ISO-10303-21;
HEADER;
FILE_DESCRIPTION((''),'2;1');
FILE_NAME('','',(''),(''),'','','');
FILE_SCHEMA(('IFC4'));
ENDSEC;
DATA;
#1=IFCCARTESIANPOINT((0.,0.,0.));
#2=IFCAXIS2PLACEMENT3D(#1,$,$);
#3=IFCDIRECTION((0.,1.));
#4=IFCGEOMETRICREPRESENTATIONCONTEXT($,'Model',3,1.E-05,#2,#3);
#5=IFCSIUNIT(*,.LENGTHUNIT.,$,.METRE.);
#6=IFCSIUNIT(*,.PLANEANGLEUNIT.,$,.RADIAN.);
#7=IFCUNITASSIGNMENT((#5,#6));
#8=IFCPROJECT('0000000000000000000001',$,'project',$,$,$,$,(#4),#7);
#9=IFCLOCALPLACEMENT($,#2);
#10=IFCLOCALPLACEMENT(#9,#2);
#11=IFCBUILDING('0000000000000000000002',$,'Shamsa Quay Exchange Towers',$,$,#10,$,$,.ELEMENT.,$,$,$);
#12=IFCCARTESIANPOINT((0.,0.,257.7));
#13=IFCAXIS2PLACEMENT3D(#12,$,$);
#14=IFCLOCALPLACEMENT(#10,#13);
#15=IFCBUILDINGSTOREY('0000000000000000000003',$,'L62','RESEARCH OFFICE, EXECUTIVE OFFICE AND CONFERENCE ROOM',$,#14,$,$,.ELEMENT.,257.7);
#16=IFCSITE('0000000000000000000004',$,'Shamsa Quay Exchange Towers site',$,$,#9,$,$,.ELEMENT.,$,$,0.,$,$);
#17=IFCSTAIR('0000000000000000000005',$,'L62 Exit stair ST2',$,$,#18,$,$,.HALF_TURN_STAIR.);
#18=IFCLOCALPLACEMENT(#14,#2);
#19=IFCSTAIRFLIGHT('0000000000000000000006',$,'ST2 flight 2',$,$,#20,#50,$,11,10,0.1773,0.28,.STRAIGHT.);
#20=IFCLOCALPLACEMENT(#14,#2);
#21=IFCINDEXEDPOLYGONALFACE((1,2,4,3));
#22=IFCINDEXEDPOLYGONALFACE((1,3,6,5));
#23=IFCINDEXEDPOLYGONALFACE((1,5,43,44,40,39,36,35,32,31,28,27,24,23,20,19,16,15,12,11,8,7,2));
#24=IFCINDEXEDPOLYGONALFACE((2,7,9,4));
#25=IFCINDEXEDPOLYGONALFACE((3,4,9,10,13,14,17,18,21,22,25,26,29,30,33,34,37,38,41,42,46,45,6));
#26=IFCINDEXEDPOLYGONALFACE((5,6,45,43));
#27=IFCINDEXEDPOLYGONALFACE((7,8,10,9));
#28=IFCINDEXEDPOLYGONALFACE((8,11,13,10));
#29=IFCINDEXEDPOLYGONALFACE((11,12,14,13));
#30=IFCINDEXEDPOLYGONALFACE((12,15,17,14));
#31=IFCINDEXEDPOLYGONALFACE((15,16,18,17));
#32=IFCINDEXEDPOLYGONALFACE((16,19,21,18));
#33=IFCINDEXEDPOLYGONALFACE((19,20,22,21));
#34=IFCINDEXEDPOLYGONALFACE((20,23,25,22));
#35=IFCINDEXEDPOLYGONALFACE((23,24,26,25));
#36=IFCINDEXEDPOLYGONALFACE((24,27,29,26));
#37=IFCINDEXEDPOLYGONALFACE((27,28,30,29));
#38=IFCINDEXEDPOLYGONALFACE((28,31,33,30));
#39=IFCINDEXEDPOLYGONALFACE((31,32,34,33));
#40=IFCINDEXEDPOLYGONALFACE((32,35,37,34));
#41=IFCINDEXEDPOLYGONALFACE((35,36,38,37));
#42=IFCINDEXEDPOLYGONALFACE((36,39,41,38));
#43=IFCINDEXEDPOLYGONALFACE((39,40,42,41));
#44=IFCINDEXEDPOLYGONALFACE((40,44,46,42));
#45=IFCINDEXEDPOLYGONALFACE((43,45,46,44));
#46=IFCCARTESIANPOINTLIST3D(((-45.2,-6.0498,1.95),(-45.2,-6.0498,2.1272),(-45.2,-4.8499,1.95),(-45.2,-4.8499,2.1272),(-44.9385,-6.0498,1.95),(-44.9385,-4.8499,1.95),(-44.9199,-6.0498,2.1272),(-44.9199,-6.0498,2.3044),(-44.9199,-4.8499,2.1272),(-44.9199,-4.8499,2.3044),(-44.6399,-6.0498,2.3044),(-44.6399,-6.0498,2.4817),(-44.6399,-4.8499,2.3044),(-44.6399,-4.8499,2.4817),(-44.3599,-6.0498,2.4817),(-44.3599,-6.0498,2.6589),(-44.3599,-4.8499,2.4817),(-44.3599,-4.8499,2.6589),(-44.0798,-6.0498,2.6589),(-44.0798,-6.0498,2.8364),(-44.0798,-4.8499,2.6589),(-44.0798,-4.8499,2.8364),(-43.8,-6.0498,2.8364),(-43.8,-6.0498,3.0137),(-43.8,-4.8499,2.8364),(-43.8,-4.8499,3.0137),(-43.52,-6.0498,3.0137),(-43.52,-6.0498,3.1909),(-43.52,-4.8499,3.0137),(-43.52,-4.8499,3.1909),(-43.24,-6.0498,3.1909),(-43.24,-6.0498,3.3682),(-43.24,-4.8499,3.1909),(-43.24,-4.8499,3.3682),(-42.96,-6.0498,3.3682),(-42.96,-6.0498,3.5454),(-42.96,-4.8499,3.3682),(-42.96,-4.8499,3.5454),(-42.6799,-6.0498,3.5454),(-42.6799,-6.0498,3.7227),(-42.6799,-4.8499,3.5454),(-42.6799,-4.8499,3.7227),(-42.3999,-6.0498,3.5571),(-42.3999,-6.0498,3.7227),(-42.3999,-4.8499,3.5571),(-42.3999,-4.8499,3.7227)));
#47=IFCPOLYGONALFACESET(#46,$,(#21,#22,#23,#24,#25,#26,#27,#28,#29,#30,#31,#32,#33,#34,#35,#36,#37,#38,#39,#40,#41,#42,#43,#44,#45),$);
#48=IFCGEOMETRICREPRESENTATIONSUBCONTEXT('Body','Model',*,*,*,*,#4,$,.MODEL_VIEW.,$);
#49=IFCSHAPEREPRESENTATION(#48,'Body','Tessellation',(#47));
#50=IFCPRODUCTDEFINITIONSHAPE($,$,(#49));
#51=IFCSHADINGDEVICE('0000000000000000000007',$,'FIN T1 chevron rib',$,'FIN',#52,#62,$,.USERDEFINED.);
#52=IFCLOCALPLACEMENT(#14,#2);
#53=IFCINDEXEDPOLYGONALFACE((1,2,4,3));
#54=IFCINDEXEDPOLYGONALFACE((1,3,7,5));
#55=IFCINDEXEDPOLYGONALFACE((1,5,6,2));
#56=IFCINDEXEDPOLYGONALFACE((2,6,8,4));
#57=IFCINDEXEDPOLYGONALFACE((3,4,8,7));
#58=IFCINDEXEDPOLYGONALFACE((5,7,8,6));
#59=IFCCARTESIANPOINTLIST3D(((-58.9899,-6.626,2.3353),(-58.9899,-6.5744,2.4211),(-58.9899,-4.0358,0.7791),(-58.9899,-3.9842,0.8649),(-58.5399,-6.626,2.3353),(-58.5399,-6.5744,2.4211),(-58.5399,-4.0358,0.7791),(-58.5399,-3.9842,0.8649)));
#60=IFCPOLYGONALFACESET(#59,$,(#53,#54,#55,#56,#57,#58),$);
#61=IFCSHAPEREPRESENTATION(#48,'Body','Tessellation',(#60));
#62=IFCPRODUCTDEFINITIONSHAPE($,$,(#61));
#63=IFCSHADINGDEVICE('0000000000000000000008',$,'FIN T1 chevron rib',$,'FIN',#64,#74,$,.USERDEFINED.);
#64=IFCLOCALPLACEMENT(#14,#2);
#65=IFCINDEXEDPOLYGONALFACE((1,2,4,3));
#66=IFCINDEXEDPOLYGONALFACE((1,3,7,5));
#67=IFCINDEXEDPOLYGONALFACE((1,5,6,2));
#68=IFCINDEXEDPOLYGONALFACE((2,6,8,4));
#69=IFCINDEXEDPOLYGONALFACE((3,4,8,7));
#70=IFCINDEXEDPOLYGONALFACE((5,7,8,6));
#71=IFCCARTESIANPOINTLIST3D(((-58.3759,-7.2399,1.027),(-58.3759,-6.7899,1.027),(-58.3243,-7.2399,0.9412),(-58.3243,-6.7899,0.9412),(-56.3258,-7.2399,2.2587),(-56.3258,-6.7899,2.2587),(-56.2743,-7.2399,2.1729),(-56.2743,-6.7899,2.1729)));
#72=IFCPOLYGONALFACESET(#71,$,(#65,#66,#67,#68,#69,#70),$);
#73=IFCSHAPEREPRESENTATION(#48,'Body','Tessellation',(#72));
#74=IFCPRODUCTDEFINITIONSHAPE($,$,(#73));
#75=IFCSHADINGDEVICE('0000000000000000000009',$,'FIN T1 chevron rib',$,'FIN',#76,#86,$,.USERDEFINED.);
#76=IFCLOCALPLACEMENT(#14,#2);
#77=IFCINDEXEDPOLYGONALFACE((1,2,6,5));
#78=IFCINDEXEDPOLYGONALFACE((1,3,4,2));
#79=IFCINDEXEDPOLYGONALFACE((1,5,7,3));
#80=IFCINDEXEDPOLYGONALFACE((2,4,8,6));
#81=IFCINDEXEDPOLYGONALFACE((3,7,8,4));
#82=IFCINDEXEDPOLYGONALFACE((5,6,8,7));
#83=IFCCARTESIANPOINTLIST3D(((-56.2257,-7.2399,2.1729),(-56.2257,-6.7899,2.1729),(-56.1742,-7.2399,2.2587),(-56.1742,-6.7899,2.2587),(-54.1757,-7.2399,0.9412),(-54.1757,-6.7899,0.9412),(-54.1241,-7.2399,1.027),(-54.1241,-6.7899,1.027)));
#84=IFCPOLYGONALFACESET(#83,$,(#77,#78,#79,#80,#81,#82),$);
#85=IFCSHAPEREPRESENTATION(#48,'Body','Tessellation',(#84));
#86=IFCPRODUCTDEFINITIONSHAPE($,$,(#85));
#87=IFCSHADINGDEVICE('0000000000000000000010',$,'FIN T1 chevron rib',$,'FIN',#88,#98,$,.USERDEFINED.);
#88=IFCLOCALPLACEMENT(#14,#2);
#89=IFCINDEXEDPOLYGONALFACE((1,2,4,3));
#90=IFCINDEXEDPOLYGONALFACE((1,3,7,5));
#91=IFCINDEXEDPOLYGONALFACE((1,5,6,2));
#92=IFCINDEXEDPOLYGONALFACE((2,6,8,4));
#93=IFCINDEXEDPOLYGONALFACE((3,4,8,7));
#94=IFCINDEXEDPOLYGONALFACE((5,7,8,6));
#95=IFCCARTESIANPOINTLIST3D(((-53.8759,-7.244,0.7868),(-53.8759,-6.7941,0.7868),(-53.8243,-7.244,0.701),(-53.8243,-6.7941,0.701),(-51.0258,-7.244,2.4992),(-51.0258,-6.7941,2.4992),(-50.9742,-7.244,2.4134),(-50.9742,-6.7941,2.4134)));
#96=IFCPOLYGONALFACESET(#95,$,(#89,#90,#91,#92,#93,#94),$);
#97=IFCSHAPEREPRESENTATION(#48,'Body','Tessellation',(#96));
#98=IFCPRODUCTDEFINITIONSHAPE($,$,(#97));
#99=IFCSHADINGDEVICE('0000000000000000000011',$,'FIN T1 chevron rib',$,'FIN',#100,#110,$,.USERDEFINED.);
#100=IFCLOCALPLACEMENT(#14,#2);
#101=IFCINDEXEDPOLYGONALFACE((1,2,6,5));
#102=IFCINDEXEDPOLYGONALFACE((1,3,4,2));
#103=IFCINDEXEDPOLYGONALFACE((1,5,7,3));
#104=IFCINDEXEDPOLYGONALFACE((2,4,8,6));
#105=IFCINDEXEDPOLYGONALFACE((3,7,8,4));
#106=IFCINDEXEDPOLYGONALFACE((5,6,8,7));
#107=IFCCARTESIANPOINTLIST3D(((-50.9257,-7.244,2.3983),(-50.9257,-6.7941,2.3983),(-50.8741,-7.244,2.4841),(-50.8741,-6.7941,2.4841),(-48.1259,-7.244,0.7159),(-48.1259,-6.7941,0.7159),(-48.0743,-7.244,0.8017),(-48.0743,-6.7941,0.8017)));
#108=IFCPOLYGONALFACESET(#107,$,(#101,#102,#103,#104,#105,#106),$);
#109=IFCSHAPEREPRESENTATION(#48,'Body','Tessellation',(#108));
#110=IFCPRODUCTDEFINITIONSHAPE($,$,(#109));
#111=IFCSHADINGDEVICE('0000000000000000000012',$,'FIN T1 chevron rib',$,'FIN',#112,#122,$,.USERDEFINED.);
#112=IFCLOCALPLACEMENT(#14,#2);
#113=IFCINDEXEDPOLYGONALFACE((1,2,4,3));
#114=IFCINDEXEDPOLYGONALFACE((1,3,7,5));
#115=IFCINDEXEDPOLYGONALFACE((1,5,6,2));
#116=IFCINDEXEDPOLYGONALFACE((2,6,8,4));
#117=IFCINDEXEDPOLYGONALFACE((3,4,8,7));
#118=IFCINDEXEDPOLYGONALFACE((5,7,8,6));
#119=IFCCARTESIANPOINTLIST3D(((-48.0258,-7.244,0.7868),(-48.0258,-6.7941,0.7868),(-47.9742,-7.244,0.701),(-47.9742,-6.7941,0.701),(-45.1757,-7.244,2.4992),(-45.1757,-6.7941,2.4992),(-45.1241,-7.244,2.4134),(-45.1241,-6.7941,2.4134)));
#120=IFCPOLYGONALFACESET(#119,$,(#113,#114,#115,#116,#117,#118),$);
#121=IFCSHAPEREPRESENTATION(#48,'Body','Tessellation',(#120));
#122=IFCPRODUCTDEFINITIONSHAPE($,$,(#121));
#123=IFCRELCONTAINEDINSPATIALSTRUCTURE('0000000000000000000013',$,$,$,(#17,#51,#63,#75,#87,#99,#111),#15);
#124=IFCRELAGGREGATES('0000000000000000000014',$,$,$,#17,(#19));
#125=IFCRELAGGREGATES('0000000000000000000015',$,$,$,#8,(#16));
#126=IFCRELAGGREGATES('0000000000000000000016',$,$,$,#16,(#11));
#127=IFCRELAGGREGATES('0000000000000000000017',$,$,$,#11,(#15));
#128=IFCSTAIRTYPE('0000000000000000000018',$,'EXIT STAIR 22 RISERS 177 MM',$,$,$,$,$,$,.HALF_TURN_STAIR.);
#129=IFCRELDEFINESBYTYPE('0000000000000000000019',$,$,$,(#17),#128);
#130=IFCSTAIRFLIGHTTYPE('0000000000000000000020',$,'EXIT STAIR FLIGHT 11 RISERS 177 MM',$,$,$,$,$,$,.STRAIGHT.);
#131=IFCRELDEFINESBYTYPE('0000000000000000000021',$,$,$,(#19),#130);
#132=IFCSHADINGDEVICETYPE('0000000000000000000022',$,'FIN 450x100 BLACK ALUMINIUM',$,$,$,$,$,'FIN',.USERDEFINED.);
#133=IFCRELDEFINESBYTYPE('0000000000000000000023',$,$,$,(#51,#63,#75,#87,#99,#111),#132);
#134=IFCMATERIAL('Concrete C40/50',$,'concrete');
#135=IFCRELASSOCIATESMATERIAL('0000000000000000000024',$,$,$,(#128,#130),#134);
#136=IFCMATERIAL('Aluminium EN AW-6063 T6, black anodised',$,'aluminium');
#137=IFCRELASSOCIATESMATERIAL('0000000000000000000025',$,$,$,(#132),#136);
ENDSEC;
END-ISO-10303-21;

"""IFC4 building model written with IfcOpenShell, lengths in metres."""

from ifc_helpers import new_model, si_unit, direction, frame, origin, origin_2d, place, context, subcontext, project, spatial, polyline, rectangle, outline, extrude, material, material_profile, profile_set, type_object, element, aggregate, save


model = new_model("IFC4")

# Units and contexts
model_context = context("Model", 3, precision=1e-05, world=origin(), true_north=direction((0.0, 1.0)))
body_context = subcontext(model_context, "Body", "Model", "MODEL_VIEW")
ifc_project = project(units=[si_unit("LENGTHUNIT", "METRE"), si_unit("PLANEANGLEUNIT", "RADIAN")], contexts=[model_context])

# Site, building, storey
site_placement = place(None, origin())
site = spatial("IfcSite", under=ifc_project, at=site_placement, Name="Shamsa Quay Exchange Towers site", CompositionType="ELEMENT", RefElevation=0.0)
building_placement = place(site_placement, origin())
building = spatial("IfcBuilding", under=site, at=building_placement, Name="Shamsa Quay Exchange Towers", CompositionType="ELEMENT")
storey_placement = place(building_placement, frame((0.0, 0.0, 257.7)))
storey = spatial("IfcBuildingStorey", under=building, at=storey_placement, Name="L62", Description="RESEARCH OFFICE, EXECUTIVE OFFICE AND CONFERENCE ROOM", CompositionType="ELEMENT", Elevation=257.7)

# Shared definitions
ifc_material_1 = material(Name="Aluminium EN AW-6063 T6, black anodised", Category="aluminium")

# Stair, stair flight
ifc_material_2 = material(Name="Concrete C40/50", Category="concrete")
stair_type = type_object("IfcStairType", Name="EXIT STAIR 22 RISERS 177 MM", PredefinedType="HALF_TURN_STAIR", material=ifc_material_2)
stair_placement = place(storey_placement, origin())
stair = element("IfcStair", 1, at=stair_placement, inside=storey, type_object=stair_type, Name="L62 Exit stair ST2", PredefinedType="HALF_TURN_STAIR")
stair_flight_type = type_object("IfcStairFlightType", Name="EXIT STAIR FLIGHT 11 RISERS 177 MM", PredefinedType="STRAIGHT", material=ifc_material_2)
stair_flight_placement = place(storey_placement, frame((-45.2, -5.45, 1.95)))
stair_flight = element("IfcStairFlight", 2, at=stair_flight_placement, type_object=stair_flight_type, Name="ST2 flight 2", NumberOfRisers=11, NumberOfTreads=10, PredefinedType="STRAIGHT", RiserHeight=0.1773, TreadLength=0.28, context=body_context, shape_type="SweptSolid", body=[
    extrude(outline(polyline([(0.0, 0.0), (0.0, 0.1772), (0.28, 0.1772), (0.28, 0.3545), (0.5601, 0.3545), (0.5601, 0.5317), (0.8401, 0.5317), (0.8401, 0.709), (1.1201, 0.709), (1.1201, 0.8865), (1.3999, 0.8865), (1.3999, 1.0637), (1.6799, 1.0637), (1.6799, 1.241), (1.96, 1.241), (1.96, 1.4182), (2.24, 1.4182), (2.24, 1.5955), (2.52, 1.5955), (2.52, 1.7727), (2.8, 1.7727), (2.8, 1.95), (2.8, 1.6072), (0.2615, 0.0), (0.0, 0.0)])), frame((0.0, 0.6001, 0.0), z_axis=(0.0, -1.0, 0.0), x_axis=(1.0, 0.0, 0.0)), (0.0, 0.0, 1.0), 1.2),
])
aggregate(stair, [stair_flight])

# Shading devices
ifc_material_profile_1 = material_profile(ifc_material_1, rectangle(XDim=0.45, YDim=0.1001, at=origin_2d()), Name="FIN450x100")
ifc_profile_set_1 = profile_set([ifc_material_profile_1], Name="Aluminium EN AW-6063 T6, black anodised")
shading_device_type = type_object("IfcShadingDeviceType", Name="FIN 450x100 BLACK ALUMINIUM", ElementType="FIN", PredefinedType="USERDEFINED", material=ifc_profile_set_1)
shading_device_1_placement = place(storey_placement, frame((-58.7649, -4.01, 0.822), z_axis=(0.0, -0.857186, 0.515007), x_axis=(1.0, 0.0, 0.0)))
element("IfcShadingDevice", 3, at=shading_device_1_placement, inside=storey, type_object=shading_device_type, Name="FIN T1 chevron rib", ObjectType="FIN", PredefinedType="USERDEFINED", context=body_context, shape_type="SweptSolid", body=[
    extrude(rectangle(XDim=0.45, YDim=0.1001, at=origin_2d()), origin(), (0.0, 0.0, 1.0), 3.0217),
])
for number, where, z_axis, x_axis, name in (
    (4, (-58.3501, -7.0149, 0.9841), (0.857187, 0.0, 0.515006), (0.0, 1.0, 0.0), "FIN T1 chevron rib"),
    (5, (-56.2, -7.0149, 2.2158), (0.857187, 0.0, -0.515006), (0.0, 1.0, 0.0), "FIN T1 chevron rib"),
):
    element("IfcShadingDevice", number, at=place(storey_placement, frame(where, z_axis=z_axis, x_axis=x_axis)), inside=storey, type_object=shading_device_type, Name=name, ObjectType="FIN", PredefinedType="USERDEFINED", context=body_context, shape_type="SweptSolid", body=[
        extrude(rectangle(XDim=0.45, YDim=0.1001, at=origin_2d()), origin(), (0.0, 0.0, 1.0), 2.3916),
    ])
shading_device_2_placement = place(storey_placement, frame((-53.8501, -7.019, 0.7439), z_axis=(0.857182, 0.0, 0.515014), x_axis=(0.0, 1.0, 0.0)))
element("IfcShadingDevice", 6, at=shading_device_2_placement, inside=storey, type_object=shading_device_type, Name="FIN T1 chevron rib", ObjectType="FIN", PredefinedType="USERDEFINED", context=body_context, shape_type="SweptSolid", body=[
    extrude(rectangle(XDim=0.45, YDim=0.1001, at=origin_2d()), origin(), (0.0, 0.0, 1.0), 3.325),
])
shading_device_3_placement = place(storey_placement, frame((-50.8999, -7.019, 2.4412), z_axis=(0.857156, 0.0, -0.515056), x_axis=(0.0, 1.0, 0.0)))
element("IfcShadingDevice", 7, at=shading_device_3_placement, inside=storey, type_object=shading_device_type, Name="FIN T1 chevron rib", ObjectType="FIN", PredefinedType="USERDEFINED", context=body_context, shape_type="SweptSolid", body=[
    extrude(rectangle(XDim=0.45, YDim=0.1001, at=origin_2d()), origin(), (0.0, 0.0, 1.0), 3.2664),
])
shading_device_4_placement = place(storey_placement, frame((-48.0, -7.019, 0.7439), z_axis=(0.857182, 0.0, 0.515014), x_axis=(0.0, 1.0, 0.0)))
element("IfcShadingDevice", 8, at=shading_device_4_placement, inside=storey, type_object=shading_device_type, Name="FIN T1 chevron rib", ObjectType="FIN", PredefinedType="USERDEFINED", context=body_context, shape_type="SweptSolid", body=[
    extrude(rectangle(XDim=0.45, YDim=0.1001, at=origin_2d()), origin(), (0.0, 0.0, 1.0), 3.325),
])

save(model, "model.ifc")
